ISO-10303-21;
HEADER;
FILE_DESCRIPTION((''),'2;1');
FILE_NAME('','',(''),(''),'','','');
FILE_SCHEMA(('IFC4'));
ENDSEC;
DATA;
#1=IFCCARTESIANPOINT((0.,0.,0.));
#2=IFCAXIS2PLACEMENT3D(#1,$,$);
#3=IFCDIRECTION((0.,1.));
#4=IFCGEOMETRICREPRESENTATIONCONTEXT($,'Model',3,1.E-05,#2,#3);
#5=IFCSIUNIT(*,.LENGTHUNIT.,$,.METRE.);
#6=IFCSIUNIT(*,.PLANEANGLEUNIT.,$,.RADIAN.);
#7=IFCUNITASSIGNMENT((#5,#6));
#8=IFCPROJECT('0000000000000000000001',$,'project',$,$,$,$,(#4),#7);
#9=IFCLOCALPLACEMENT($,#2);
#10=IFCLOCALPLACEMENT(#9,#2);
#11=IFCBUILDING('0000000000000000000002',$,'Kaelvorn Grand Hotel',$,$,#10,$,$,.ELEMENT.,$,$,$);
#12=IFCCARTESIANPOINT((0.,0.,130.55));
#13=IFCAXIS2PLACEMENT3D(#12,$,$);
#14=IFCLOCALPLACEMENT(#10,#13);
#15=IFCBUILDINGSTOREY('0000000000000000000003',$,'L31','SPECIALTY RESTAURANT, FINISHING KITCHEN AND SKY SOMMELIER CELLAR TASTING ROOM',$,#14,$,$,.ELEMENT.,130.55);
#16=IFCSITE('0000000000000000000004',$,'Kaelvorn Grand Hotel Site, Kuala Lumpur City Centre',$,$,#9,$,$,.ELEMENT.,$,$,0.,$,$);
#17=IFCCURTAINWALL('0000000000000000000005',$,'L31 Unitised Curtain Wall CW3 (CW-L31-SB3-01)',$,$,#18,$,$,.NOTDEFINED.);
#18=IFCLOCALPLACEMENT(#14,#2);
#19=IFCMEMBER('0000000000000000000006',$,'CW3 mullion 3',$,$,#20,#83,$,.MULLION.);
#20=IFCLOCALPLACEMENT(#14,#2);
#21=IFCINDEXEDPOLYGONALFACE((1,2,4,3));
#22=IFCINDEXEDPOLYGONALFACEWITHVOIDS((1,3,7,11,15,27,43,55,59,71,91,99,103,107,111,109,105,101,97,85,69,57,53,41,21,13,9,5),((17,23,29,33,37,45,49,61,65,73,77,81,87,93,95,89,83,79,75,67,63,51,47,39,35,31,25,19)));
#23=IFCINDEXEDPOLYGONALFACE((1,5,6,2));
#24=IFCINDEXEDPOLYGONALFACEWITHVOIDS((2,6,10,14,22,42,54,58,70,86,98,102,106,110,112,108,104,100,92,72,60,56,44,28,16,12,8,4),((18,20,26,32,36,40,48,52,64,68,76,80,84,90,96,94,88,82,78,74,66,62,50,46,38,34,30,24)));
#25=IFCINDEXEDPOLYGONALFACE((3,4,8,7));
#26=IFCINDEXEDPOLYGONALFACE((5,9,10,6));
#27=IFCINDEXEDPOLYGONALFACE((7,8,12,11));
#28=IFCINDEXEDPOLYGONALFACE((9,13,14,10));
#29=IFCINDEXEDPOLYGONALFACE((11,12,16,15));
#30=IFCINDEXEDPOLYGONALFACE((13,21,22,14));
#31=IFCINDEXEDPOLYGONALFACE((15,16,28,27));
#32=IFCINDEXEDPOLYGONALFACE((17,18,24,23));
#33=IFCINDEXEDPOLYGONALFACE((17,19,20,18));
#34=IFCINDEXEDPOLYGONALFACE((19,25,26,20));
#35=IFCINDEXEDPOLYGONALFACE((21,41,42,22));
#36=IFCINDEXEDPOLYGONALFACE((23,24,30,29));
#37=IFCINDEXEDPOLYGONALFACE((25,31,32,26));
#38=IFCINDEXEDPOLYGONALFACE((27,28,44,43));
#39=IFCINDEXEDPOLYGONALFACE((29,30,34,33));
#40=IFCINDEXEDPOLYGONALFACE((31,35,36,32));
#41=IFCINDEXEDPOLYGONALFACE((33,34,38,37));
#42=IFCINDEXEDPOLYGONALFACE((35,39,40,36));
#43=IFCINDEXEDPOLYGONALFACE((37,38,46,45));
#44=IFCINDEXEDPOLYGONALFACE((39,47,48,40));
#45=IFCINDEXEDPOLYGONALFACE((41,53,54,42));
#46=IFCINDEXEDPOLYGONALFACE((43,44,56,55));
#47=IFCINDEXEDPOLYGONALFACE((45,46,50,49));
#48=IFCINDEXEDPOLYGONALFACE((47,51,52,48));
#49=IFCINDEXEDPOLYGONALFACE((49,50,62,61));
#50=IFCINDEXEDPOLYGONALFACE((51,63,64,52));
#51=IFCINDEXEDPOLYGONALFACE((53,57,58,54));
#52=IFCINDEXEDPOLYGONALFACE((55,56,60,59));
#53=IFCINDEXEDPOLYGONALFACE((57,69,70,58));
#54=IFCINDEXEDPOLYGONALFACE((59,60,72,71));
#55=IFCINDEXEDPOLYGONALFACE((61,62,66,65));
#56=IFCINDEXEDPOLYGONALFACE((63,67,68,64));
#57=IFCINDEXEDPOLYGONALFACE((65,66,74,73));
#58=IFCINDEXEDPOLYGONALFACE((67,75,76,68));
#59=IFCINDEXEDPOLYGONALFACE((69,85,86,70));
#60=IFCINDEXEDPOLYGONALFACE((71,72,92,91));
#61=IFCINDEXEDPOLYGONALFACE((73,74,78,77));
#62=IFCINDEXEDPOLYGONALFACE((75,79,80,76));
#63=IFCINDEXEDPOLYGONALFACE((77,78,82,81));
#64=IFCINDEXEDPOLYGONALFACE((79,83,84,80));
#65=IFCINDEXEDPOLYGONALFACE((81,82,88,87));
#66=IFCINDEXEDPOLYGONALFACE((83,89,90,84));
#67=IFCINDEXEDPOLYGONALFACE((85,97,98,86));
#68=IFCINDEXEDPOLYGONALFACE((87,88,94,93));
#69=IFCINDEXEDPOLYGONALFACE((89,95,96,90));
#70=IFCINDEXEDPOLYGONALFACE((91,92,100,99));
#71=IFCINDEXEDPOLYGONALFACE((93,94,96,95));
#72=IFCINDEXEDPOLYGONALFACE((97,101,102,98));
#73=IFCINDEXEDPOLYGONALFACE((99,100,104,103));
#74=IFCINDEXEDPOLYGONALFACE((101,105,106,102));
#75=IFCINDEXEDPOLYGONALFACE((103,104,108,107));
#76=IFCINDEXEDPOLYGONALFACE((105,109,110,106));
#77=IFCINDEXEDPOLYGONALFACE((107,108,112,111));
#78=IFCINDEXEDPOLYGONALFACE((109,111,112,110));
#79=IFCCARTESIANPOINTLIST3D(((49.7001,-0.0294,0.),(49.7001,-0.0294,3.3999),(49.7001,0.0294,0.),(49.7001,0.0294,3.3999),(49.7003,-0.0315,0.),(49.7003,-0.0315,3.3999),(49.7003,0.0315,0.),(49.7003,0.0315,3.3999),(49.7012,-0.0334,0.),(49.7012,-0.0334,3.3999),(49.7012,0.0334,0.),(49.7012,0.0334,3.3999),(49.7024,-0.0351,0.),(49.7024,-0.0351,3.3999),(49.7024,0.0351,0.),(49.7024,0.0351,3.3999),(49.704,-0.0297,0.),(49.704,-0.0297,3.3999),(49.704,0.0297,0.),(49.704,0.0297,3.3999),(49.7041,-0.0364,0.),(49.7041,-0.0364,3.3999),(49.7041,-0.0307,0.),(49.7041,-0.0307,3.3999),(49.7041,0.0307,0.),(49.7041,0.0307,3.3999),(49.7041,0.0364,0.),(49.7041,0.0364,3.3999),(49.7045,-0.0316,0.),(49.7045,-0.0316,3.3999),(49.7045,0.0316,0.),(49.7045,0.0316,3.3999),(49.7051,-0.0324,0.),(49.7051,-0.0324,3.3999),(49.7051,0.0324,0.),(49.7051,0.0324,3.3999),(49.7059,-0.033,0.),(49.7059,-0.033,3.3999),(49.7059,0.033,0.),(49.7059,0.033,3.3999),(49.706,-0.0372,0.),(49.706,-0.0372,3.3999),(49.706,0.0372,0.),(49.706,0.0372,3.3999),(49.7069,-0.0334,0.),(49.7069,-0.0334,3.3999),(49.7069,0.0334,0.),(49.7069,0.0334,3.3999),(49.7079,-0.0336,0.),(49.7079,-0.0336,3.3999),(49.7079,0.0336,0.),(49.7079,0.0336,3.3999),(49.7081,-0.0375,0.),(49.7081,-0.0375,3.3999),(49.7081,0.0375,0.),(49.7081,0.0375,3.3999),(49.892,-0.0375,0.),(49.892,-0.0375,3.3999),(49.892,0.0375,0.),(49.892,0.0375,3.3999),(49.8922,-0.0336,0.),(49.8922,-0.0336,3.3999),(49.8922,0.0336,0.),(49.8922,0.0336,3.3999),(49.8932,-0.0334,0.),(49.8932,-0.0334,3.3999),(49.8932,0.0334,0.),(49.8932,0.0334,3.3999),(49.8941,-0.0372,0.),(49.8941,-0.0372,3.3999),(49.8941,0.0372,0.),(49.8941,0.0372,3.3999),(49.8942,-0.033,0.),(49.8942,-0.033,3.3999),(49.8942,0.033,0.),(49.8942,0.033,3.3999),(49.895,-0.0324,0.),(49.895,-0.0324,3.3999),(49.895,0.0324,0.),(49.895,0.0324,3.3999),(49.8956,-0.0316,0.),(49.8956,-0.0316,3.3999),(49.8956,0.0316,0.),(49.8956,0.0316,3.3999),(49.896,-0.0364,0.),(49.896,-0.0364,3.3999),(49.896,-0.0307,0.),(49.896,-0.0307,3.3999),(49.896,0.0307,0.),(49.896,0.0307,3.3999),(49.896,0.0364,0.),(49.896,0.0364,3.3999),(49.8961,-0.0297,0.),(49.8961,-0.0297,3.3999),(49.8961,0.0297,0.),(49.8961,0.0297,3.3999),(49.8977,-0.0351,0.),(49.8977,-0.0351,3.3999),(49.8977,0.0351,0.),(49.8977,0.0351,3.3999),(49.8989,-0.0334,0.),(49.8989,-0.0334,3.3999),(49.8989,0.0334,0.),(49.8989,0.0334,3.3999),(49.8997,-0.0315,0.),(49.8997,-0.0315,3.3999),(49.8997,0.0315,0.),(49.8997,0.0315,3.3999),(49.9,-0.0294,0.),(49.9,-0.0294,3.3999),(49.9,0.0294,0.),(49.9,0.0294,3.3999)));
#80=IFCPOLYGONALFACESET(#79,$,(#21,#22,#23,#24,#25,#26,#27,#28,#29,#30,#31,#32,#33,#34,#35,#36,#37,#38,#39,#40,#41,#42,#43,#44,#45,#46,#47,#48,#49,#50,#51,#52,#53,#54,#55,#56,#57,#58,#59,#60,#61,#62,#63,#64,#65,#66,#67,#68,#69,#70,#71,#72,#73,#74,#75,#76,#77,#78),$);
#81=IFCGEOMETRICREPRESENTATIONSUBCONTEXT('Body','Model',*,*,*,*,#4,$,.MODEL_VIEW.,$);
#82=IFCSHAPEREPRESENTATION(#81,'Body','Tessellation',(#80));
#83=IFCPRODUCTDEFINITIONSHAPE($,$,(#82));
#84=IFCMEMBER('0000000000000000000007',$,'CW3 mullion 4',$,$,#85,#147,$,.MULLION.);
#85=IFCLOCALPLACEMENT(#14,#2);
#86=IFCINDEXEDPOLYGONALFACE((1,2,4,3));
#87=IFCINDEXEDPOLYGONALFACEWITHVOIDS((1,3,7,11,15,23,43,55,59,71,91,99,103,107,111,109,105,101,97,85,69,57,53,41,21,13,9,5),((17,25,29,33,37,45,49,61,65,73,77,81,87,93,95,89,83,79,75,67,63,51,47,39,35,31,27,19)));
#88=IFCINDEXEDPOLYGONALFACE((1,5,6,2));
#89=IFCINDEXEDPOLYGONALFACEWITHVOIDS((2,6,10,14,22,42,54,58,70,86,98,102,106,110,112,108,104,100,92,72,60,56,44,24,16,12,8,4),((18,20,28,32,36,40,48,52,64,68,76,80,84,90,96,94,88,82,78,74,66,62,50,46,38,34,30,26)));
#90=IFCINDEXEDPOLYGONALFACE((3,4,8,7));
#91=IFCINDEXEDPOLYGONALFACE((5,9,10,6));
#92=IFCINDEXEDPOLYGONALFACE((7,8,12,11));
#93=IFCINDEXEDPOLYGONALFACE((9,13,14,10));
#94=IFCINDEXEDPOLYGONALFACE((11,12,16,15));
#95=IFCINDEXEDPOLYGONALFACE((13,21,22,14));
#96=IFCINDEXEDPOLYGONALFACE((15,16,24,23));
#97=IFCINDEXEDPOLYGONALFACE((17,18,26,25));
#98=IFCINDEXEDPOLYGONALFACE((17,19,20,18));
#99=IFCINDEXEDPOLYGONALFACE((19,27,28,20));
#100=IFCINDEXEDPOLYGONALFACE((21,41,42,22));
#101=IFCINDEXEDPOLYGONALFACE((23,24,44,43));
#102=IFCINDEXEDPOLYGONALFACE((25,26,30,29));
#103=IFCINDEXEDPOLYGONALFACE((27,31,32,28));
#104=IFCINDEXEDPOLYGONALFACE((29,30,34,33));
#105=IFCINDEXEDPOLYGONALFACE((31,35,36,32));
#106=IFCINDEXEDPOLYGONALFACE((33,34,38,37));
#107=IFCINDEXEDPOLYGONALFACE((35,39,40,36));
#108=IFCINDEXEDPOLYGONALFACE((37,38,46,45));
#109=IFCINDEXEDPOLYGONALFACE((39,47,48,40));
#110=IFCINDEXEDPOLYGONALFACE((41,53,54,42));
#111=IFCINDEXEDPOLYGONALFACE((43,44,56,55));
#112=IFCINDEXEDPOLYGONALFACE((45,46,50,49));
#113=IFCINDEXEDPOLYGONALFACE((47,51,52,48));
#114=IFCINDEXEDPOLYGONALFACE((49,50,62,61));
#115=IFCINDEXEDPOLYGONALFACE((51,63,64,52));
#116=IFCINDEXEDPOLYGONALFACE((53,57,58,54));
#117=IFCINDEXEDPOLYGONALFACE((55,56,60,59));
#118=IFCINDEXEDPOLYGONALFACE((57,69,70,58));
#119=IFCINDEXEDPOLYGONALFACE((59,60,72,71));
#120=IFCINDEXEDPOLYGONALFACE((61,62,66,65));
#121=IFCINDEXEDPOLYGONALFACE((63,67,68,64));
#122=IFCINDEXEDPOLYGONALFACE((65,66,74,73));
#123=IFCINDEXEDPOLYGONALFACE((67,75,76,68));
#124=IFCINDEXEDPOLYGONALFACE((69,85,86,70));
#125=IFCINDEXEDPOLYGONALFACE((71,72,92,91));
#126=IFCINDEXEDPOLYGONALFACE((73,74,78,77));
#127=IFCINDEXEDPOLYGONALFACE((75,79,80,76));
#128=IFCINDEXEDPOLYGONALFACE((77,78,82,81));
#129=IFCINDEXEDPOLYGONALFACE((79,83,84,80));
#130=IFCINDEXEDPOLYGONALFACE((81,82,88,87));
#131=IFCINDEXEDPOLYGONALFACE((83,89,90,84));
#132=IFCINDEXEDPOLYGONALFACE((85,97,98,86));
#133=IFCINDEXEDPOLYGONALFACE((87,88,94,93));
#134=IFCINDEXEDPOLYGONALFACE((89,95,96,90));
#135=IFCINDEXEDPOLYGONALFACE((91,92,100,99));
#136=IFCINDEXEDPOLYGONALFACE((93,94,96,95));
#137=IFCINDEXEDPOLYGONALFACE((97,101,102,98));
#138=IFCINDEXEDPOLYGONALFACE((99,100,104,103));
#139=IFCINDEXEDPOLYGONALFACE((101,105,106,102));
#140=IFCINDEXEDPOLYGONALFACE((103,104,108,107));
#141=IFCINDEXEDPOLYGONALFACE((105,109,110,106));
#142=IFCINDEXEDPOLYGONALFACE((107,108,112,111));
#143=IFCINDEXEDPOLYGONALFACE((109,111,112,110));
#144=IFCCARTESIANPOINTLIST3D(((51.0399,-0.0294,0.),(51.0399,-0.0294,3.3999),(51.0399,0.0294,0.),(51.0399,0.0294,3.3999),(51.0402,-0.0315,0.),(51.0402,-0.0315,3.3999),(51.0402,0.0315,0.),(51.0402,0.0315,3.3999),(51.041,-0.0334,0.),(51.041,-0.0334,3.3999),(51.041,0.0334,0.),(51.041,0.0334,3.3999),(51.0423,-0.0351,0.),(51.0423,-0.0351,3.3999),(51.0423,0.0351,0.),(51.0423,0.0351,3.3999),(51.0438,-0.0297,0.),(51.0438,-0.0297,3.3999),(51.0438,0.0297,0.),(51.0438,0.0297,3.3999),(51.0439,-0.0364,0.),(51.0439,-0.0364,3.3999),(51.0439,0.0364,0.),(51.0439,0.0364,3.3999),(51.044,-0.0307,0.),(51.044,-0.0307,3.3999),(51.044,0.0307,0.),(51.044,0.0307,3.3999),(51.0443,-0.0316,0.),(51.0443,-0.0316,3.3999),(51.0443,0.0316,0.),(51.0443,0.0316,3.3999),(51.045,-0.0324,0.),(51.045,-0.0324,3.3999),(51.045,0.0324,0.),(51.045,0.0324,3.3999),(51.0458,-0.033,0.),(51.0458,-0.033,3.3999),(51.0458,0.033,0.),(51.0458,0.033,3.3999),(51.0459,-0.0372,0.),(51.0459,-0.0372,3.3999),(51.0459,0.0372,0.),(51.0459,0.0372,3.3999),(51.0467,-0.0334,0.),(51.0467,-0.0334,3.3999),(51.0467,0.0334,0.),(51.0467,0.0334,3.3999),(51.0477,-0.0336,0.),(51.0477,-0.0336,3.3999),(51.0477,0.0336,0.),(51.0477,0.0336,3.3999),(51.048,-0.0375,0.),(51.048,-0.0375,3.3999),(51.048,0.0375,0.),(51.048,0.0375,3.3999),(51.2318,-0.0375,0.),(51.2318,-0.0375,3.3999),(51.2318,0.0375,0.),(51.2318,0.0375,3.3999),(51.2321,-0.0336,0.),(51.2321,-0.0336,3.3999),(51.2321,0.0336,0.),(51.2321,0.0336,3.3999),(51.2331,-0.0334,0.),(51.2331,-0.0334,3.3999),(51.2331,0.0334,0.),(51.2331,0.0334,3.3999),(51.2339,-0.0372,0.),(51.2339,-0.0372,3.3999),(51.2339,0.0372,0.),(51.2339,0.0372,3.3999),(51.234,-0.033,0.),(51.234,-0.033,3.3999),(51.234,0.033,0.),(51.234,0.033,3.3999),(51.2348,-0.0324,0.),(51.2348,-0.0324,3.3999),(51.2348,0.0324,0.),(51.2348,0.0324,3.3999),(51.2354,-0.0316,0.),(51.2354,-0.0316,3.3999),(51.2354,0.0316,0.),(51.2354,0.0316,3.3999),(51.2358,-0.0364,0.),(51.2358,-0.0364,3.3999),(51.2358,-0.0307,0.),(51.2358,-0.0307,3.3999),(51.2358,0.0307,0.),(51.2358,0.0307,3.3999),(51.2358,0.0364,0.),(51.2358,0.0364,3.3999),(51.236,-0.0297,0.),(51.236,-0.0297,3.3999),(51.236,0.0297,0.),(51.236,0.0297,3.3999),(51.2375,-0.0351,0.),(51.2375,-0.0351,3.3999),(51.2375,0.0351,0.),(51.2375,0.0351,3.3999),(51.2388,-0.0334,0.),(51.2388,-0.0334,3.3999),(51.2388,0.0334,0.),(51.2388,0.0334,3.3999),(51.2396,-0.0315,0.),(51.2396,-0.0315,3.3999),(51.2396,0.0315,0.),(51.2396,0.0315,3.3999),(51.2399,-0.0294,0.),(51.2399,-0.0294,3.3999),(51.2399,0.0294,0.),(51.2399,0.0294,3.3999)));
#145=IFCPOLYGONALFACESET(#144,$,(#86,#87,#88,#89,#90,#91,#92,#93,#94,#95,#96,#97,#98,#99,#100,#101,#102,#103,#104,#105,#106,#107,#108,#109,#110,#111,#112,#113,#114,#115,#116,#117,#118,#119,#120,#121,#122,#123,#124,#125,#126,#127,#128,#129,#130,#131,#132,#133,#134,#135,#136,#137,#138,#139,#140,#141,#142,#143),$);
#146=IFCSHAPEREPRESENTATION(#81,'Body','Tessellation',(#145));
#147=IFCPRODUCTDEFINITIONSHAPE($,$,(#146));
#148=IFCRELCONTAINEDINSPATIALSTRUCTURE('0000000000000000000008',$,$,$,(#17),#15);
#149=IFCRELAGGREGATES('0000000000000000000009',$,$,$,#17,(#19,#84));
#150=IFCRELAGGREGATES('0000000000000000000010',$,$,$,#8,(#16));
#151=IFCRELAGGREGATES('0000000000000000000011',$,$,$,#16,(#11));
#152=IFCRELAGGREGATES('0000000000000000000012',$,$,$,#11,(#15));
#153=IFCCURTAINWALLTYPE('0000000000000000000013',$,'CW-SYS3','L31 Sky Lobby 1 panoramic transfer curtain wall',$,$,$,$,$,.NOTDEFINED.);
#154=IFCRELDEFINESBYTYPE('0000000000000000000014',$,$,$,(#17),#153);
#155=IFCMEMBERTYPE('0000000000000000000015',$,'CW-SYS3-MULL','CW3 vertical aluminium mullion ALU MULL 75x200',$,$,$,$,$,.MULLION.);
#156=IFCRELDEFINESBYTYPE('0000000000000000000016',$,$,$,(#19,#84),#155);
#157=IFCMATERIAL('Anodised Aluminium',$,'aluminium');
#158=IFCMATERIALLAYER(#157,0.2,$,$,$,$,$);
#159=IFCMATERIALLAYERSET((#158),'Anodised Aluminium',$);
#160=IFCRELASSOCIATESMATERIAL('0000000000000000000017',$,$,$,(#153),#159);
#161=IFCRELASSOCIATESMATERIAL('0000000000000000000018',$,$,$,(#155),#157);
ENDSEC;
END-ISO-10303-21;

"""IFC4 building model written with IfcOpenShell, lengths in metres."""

from ifc_helpers import new_model, si_unit, direction, frame, origin, origin_2d, place, context, subcontext, project, spatial, hollow_rectangle, extrude, material, layer, layer_set, material_profile, profile_set, type_object, element, aggregate, save


model = new_model("IFC4")

# Units and contexts
model_context = context("Model", 3, precision=1e-05, world=origin(), true_north=direction((0.0, 1.0)))
body_context = subcontext(model_context, "Body", "Model", "MODEL_VIEW")
ifc_project = project(units=[si_unit("LENGTHUNIT", "METRE"), si_unit("PLANEANGLEUNIT", "RADIAN")], contexts=[model_context])

# Site, building, storey
site_placement = place(None, origin())
site = spatial("IfcSite", under=ifc_project, at=site_placement, Name="Kaelvorn Grand Hotel Site, Kuala Lumpur City Centre", CompositionType="ELEMENT", RefElevation=0.0)
building_placement = place(site_placement, origin())
building = spatial("IfcBuilding", under=site, at=building_placement, Name="Kaelvorn Grand Hotel", CompositionType="ELEMENT")
storey_placement = place(building_placement, frame((0.0, 0.0, 130.55)))
storey = spatial("IfcBuildingStorey", under=building, at=storey_placement, Name="L31", Description="SPECIALTY RESTAURANT, FINISHING KITCHEN AND SKY SOMMELIER CELLAR TASTING ROOM", CompositionType="ELEMENT", Elevation=130.55)

# Curtain wall, members
ifc_material_1 = material(Name="Anodised Aluminium", Category="aluminium")
ifc_layer_1 = layer(ifc_material_1, 0.2)
ifc_layer_set_1 = layer_set([ifc_layer_1], Name="Anodised Aluminium")
curtain_wall_type = type_object("IfcCurtainWallType", Name="CW-SYS3", Description="L31 Sky Lobby 1 panoramic transfer curtain wall", PredefinedType="NOTDEFINED", material=ifc_layer_set_1)
curtain_wall_placement = place(storey_placement, origin())
curtain_wall = element("IfcCurtainWall", 1, at=curtain_wall_placement, inside=storey, type_object=curtain_wall_type, Name="L31 Unitised Curtain Wall CW3 (CW-L31-SB3-01)", PredefinedType="NOTDEFINED")
ifc_material_profile_1 = material_profile(ifc_material_1, hollow_rectangle(XDim=0.075, YDim=0.2, WallThickness=0.0039, InnerFilletRadius=0.0039, OuterFilletRadius=0.0081, at=origin_2d()), Name="ALU MULL 75x200")
ifc_profile_set_1 = profile_set([ifc_material_profile_1], Name="Anodised Aluminium")
member_type_1 = type_object("IfcMemberType", Name="CW-SYS3-MULL", Description="CW3 vertical aluminium mullion ALU MULL 75x200", PredefinedType="MULLION", material=ifc_profile_set_1)
member_1_placement = place(storey_placement, frame((49.8, 0.0, 0.0), z_axis=(0.0, 0.0, 1.0), x_axis=(0.0, 1.0, 0.0)))
member_1 = element("IfcMember", 2, at=member_1_placement, type_object=member_type_1, Name="CW3 mullion 3", PredefinedType="MULLION", context=body_context, shape_type="SweptSolid", body=[
    extrude(hollow_rectangle(XDim=0.075, YDim=0.2, WallThickness=0.0039, InnerFilletRadius=0.0039, OuterFilletRadius=0.0081, at=origin_2d()), origin(), (0.0, 0.0, 1.0), 3.3999),
])
member_2_placement = place(storey_placement, frame((51.1399, 0.0, 0.0), z_axis=(0.0, 0.0, 1.0), x_axis=(0.0, 1.0, 0.0)))
member_2 = element("IfcMember", 3, at=member_2_placement, type_object=member_type_1, Name="CW3 mullion 4", PredefinedType="MULLION", context=body_context, shape_type="SweptSolid", body=[
    extrude(hollow_rectangle(XDim=0.075, YDim=0.2, WallThickness=0.0039, InnerFilletRadius=0.0039, OuterFilletRadius=0.0081, at=origin_2d()), origin(), (0.0, 0.0, 1.0), 3.3999),
])
aggregate(curtain_wall, [member_1, member_2])

save(model, "model.ifc")
